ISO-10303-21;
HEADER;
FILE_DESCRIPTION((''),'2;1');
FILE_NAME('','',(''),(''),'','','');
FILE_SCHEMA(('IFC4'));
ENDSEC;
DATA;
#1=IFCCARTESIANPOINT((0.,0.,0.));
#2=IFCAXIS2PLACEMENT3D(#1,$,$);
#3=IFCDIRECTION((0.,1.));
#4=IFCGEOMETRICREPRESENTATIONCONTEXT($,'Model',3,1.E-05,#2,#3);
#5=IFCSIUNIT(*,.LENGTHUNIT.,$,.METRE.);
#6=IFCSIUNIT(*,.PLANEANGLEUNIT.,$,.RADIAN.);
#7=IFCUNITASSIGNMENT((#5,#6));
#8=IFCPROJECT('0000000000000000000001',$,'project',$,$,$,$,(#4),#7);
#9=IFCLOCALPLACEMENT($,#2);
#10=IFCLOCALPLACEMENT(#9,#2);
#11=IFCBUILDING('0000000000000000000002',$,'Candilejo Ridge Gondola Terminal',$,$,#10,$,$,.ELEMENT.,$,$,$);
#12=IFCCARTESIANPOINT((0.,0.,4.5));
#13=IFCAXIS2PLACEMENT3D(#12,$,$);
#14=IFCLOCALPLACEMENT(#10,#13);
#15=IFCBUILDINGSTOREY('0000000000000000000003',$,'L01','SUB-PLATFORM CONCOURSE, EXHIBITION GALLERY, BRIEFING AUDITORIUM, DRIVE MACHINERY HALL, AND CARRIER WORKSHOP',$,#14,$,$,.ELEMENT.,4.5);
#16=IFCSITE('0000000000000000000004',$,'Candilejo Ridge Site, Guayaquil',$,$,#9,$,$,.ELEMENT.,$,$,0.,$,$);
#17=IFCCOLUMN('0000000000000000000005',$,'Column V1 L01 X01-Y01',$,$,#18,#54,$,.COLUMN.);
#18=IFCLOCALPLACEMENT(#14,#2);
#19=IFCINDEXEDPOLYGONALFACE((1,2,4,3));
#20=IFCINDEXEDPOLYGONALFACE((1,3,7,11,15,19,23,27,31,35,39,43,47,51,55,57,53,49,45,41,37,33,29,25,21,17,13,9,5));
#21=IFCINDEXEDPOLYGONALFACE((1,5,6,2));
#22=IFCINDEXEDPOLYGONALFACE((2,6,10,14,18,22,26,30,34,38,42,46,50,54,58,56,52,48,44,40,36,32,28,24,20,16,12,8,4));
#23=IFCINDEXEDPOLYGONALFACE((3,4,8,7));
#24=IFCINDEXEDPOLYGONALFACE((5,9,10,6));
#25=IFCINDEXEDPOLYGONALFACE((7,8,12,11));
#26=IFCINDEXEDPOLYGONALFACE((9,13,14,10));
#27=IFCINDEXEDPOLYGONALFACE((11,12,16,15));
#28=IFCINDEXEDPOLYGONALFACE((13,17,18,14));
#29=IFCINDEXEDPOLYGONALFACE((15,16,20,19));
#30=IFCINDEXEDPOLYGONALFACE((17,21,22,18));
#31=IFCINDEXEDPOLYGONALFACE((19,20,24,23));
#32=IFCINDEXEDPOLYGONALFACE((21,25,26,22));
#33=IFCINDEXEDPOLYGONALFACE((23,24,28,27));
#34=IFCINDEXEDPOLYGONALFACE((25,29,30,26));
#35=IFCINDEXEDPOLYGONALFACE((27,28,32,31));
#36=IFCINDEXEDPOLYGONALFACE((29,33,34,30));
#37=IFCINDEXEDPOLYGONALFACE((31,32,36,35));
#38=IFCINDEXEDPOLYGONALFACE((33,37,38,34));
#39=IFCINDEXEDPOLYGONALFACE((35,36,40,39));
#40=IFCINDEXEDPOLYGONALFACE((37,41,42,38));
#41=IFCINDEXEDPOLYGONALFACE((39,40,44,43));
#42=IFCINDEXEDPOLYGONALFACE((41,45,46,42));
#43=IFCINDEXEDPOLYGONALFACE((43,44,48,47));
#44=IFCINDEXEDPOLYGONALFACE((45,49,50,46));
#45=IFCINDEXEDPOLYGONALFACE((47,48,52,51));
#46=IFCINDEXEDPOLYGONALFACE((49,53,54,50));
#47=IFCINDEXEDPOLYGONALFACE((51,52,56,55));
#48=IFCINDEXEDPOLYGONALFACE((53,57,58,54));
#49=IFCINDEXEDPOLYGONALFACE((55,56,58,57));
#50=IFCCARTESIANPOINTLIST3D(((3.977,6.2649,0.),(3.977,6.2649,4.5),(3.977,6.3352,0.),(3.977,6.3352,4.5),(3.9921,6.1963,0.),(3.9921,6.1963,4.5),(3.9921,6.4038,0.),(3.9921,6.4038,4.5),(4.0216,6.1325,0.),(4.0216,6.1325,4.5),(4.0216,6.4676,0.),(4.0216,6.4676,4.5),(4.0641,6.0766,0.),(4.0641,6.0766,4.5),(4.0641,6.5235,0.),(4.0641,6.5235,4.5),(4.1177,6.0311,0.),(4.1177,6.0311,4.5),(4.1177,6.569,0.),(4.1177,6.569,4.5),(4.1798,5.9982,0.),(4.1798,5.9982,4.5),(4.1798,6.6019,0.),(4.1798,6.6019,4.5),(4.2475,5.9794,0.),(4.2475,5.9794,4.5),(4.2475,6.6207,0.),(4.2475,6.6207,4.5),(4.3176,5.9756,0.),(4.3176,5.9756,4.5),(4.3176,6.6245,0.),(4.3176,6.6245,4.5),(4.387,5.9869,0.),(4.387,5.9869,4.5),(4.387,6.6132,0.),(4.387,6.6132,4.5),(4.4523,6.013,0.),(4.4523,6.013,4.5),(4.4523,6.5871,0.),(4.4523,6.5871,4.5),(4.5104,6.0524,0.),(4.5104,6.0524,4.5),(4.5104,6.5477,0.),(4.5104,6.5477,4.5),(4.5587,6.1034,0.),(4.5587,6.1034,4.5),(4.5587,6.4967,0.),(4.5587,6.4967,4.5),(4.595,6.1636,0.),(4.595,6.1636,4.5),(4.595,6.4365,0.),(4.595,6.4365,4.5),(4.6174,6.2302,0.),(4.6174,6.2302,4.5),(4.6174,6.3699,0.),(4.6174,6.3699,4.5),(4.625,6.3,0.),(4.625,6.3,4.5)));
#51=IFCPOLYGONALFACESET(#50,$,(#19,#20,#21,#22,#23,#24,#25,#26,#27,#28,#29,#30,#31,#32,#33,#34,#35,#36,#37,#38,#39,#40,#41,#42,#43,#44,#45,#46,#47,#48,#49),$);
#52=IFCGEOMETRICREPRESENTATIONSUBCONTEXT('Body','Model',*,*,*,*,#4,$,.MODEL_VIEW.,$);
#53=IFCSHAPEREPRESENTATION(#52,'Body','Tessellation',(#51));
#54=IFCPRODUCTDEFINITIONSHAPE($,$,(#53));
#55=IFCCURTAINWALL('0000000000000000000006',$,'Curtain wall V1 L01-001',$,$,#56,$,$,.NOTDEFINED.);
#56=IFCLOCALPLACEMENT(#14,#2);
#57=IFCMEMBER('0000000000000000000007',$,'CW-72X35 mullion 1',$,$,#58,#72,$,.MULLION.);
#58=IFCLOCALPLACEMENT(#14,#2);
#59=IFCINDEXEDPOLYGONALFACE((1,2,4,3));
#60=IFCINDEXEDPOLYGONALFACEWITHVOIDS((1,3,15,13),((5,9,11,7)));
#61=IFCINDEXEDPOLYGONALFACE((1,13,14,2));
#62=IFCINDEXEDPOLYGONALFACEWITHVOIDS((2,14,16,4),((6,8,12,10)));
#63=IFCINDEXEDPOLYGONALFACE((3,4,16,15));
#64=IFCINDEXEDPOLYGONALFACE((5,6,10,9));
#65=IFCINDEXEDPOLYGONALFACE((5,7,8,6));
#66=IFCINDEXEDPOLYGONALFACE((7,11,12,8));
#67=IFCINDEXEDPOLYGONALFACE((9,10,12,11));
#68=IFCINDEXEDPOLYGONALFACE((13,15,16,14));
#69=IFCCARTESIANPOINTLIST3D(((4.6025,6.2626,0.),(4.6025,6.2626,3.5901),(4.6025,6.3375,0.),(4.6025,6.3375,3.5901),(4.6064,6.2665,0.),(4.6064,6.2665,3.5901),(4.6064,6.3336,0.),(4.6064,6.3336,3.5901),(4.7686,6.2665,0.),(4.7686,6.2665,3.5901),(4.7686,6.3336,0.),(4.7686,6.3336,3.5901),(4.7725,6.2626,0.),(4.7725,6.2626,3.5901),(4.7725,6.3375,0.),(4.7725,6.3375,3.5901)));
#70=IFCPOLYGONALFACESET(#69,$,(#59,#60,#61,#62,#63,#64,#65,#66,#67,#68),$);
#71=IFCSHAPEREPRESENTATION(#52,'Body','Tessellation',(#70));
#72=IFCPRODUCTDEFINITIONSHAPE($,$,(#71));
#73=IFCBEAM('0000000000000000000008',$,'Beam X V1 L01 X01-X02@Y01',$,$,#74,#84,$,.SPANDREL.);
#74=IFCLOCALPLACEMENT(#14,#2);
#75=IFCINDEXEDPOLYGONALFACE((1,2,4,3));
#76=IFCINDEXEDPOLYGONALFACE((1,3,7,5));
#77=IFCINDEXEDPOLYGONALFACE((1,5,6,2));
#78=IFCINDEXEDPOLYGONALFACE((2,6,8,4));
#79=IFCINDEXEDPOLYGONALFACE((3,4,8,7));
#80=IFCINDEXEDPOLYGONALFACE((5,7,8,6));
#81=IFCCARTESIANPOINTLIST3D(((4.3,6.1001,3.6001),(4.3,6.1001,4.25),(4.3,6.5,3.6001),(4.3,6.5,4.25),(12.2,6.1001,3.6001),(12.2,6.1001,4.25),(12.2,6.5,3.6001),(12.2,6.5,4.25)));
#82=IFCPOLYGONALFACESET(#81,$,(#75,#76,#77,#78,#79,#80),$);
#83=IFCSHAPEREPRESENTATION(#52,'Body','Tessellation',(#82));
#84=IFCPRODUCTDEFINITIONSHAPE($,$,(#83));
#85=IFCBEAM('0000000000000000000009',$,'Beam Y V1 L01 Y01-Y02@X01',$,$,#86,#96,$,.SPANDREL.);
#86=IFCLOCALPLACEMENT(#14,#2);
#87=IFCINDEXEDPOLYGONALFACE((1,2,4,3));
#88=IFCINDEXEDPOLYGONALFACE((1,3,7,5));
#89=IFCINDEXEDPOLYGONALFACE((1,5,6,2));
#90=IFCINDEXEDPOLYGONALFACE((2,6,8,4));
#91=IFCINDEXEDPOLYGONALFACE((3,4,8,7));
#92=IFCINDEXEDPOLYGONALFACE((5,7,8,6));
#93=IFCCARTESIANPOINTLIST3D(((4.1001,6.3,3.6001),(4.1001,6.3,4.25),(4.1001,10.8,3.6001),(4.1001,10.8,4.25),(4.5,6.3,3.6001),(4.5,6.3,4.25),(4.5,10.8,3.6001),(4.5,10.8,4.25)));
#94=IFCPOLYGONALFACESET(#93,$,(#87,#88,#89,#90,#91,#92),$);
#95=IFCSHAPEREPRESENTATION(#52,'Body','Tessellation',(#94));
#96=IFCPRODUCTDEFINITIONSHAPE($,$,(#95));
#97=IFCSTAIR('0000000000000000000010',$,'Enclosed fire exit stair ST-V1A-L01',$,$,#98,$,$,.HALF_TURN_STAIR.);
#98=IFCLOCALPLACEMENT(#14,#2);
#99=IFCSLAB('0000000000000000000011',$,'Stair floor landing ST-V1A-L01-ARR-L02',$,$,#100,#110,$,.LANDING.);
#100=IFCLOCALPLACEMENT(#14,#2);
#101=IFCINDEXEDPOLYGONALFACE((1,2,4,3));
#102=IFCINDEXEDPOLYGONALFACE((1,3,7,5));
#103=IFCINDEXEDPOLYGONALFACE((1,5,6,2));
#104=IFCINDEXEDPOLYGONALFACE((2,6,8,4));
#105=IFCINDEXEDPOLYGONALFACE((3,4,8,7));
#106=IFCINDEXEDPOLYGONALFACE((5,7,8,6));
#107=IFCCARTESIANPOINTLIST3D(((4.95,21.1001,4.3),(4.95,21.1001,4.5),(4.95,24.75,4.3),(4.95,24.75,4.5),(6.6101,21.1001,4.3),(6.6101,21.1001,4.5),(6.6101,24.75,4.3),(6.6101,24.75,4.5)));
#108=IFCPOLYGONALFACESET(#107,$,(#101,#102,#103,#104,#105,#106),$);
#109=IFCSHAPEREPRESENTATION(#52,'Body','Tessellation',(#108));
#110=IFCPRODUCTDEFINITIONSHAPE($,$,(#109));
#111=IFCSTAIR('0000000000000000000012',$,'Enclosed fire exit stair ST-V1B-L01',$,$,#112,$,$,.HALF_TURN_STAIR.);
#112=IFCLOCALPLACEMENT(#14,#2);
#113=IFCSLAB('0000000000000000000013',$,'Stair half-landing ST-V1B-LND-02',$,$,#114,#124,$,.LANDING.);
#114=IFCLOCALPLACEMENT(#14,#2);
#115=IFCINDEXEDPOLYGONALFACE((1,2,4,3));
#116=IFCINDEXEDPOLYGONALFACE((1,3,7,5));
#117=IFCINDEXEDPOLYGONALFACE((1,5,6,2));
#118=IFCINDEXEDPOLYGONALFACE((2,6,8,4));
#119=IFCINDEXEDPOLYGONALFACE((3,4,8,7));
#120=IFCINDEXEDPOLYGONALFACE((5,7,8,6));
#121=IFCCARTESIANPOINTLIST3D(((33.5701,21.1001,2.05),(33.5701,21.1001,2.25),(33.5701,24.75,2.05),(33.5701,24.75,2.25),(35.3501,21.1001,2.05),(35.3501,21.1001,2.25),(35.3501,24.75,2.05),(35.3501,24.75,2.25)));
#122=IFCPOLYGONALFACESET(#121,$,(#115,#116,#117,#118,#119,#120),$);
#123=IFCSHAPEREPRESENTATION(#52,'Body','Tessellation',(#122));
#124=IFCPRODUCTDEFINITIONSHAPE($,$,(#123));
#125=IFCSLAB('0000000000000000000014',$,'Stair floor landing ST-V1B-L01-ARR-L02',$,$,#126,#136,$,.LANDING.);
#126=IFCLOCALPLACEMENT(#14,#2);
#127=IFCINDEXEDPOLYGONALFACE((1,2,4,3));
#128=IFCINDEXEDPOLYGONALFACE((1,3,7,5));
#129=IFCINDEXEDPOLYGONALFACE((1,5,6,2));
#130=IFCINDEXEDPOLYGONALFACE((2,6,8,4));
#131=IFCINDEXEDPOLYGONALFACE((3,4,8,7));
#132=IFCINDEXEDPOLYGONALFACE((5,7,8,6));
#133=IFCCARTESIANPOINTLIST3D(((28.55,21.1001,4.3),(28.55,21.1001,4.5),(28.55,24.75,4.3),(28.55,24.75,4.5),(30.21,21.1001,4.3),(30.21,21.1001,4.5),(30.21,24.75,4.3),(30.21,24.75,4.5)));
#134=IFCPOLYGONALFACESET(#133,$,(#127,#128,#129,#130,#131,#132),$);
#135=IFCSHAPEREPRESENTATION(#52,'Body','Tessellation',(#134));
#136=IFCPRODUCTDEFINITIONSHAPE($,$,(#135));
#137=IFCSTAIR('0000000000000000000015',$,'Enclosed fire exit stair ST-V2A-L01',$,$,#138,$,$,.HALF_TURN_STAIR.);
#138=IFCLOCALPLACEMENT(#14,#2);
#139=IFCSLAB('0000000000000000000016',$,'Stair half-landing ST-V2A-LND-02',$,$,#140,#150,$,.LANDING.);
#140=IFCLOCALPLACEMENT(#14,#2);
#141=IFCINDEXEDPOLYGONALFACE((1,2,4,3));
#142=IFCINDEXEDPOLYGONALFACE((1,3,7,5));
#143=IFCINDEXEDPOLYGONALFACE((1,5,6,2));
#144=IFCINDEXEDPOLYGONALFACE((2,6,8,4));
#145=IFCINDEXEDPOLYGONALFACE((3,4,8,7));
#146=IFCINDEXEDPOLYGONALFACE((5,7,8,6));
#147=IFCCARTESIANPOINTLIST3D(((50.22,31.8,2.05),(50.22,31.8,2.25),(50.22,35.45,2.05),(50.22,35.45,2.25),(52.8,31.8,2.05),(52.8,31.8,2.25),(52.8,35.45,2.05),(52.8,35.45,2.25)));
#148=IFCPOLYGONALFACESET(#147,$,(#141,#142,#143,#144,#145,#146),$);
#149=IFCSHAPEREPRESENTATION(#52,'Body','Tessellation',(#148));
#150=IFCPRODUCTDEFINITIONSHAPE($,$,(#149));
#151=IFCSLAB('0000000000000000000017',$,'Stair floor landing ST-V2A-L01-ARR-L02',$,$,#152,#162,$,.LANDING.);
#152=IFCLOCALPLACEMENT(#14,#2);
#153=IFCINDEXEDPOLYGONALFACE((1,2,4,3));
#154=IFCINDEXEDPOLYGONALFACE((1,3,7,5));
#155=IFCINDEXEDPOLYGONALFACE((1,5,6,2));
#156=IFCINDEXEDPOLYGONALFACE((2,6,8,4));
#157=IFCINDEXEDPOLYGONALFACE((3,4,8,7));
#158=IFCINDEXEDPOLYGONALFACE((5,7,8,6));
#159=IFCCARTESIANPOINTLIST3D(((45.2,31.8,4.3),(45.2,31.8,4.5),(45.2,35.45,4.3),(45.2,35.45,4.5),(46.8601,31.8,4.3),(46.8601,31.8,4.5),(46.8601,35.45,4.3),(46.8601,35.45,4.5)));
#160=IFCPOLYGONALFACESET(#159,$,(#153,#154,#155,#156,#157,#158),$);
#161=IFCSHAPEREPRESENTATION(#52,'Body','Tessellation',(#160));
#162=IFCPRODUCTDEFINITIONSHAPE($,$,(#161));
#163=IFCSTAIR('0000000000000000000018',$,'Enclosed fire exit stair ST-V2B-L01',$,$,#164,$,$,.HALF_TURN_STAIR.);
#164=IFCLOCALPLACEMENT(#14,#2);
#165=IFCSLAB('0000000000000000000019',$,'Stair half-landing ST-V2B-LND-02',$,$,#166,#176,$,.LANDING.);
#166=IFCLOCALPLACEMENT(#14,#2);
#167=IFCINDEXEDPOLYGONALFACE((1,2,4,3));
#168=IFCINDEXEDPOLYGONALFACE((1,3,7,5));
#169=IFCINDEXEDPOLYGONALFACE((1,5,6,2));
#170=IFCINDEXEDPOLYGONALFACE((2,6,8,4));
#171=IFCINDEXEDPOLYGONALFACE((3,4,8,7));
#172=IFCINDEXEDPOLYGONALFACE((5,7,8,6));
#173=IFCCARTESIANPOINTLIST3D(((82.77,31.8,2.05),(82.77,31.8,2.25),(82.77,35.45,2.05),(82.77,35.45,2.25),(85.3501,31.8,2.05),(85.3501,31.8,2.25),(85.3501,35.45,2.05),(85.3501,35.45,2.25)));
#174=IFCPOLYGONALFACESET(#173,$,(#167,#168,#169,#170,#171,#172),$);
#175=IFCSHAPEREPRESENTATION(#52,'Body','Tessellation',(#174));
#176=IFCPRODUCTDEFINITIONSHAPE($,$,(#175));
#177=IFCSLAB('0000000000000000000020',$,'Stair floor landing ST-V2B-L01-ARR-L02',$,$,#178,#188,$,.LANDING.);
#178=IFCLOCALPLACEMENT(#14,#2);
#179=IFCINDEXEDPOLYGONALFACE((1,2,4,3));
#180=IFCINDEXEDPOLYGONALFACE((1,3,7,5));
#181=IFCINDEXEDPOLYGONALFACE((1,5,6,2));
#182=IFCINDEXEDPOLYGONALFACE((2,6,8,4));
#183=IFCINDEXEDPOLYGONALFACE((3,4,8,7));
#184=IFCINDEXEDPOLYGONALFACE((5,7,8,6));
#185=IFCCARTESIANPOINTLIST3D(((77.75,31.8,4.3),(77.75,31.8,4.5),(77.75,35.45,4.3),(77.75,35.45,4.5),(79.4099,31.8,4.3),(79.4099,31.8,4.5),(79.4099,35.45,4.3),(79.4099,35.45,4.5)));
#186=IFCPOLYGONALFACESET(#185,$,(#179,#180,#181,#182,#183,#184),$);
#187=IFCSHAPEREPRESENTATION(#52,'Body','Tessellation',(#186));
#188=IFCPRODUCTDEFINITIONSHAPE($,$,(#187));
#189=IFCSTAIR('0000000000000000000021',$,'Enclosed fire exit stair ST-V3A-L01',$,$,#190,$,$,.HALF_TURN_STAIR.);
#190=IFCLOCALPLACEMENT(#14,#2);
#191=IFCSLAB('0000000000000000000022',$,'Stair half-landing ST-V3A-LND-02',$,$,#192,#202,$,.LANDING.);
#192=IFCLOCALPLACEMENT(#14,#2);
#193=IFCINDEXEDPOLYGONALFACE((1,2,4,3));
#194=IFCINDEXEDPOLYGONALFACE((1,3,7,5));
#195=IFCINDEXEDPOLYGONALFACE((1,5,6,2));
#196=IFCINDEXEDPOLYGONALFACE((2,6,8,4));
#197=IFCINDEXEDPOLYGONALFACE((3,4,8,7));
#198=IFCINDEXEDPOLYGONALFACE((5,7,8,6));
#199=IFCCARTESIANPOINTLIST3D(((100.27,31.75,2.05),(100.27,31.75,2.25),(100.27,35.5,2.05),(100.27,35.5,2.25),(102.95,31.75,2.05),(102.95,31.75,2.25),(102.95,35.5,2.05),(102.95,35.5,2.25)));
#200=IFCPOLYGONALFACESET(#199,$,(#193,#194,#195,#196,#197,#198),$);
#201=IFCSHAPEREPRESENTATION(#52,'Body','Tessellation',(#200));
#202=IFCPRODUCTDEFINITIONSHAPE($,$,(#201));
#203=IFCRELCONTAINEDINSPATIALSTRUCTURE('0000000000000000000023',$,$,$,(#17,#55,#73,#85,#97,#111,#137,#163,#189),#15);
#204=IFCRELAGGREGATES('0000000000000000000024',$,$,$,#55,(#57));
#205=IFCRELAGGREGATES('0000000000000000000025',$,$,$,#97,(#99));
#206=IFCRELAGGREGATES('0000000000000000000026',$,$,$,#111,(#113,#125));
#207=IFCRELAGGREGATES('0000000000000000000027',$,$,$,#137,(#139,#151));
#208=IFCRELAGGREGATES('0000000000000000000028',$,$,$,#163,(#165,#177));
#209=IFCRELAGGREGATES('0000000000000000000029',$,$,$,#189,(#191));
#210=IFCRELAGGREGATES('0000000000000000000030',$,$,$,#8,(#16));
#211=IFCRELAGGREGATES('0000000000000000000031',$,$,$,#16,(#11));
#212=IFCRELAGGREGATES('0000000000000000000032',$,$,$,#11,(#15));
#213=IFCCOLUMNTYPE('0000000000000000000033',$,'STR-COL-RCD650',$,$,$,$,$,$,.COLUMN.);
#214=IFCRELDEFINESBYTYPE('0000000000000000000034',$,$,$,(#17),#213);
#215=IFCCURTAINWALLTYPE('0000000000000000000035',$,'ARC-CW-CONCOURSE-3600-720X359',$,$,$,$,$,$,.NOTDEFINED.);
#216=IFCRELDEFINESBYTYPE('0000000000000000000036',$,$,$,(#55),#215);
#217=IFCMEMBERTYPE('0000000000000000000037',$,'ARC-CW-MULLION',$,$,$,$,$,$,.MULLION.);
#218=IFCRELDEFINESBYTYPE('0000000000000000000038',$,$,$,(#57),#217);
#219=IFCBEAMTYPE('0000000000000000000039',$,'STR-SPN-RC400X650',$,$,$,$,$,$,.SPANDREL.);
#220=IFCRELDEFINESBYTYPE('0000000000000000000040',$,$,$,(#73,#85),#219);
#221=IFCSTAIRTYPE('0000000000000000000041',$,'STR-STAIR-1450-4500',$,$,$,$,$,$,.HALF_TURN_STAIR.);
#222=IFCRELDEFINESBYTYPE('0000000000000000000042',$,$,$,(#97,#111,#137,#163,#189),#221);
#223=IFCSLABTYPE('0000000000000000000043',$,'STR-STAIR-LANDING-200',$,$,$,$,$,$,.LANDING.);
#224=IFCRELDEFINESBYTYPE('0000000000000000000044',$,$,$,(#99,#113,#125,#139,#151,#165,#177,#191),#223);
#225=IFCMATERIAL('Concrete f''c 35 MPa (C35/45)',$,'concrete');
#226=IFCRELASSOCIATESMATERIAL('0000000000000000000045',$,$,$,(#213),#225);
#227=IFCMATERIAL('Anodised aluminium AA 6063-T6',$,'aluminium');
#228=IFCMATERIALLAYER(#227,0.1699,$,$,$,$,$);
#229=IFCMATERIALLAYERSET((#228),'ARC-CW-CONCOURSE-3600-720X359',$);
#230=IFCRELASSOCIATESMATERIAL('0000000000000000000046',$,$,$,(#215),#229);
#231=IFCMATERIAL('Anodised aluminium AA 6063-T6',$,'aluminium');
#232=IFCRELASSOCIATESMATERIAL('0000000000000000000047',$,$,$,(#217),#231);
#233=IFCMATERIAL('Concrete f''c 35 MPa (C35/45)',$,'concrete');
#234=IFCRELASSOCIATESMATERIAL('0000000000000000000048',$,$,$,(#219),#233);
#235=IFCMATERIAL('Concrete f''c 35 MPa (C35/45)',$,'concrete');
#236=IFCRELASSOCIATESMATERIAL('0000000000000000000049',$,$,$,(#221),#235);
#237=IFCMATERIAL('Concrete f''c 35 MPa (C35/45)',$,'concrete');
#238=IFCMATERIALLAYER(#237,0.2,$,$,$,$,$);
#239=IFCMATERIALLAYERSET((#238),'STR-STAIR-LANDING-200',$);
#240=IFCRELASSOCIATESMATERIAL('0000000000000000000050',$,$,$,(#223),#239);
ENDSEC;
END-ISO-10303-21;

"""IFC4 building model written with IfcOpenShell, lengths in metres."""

from ifc_helpers import new_model, si_unit, direction, frame, origin, origin_2d, place, context, subcontext, project, spatial, polyline, rectangle, hollow_rectangle, circle, outline, extrude, material, layer, layer_set, material_profile, profile_set, type_object, element, aggregate, save


model = new_model("IFC4")

# Units and contexts
model_context = context("Model", 3, precision=1e-05, world=origin(), true_north=direction((0.0, 1.0)))
body_context = subcontext(model_context, "Body", "Model", "MODEL_VIEW")
ifc_project = project(units=[si_unit("LENGTHUNIT", "METRE"), si_unit("PLANEANGLEUNIT", "RADIAN")], contexts=[model_context])

# Site, building, storey
site_placement = place(None, origin())
site = spatial("IfcSite", under=ifc_project, at=site_placement, Name="Candilejo Ridge Site, Guayaquil", CompositionType="ELEMENT", RefElevation=0.0)
building_placement = place(site_placement, origin())
building = spatial("IfcBuilding", under=site, at=building_placement, Name="Candilejo Ridge Gondola Terminal", CompositionType="ELEMENT")
storey_placement = place(building_placement, frame((0.0, 0.0, 4.5)))
storey = spatial("IfcBuildingStorey", under=building, at=storey_placement, Name="L01", Description="SUB-PLATFORM CONCOURSE, EXHIBITION GALLERY, BRIEFING AUDITORIUM, DRIVE MACHINERY HALL, AND CARRIER WORKSHOP", CompositionType="ELEMENT", Elevation=4.5)

# Column
ifc_material_1 = material(Name="Concrete f'c 35 MPa (C35/45)", Category="concrete")
ifc_material_profile_1 = material_profile(ifc_material_1, circle(Radius=0.325, at=origin_2d()))
ifc_profile_set_1 = profile_set([ifc_material_profile_1], Name="Concrete f'c 35 MPa (C35/45)")
column_type = type_object("IfcColumnType", Name="STR-COL-RCD650", PredefinedType="COLUMN", material=ifc_profile_set_1)
column_placement = place(storey_placement, frame((4.3, 6.3, 0.0), z_axis=(0.0, 0.0, 1.0), x_axis=(1.0, 0.0, 0.0)))
element("IfcColumn", 1, at=column_placement, inside=storey, type_object=column_type, Name="Column V1 L01 X01-Y01", PredefinedType="COLUMN", context=body_context, shape_type="SweptSolid", body=[
    extrude(circle(Radius=0.325, at=origin_2d()), origin(), (0.0, 0.0, 1.0), 4.5),
])

# Curtain wall, member
ifc_material_2 = material(Name="Anodised aluminium AA 6063-T6", Category="aluminium")
ifc_layer_1 = layer(ifc_material_2, 0.1699)
ifc_layer_set_1 = layer_set([ifc_layer_1], Name="ARC-CW-CONCOURSE-3600-720X359")
curtain_wall_type = type_object("IfcCurtainWallType", Name="ARC-CW-CONCOURSE-3600-720X359", PredefinedType="NOTDEFINED", material=ifc_layer_set_1)
curtain_wall_placement = place(storey_placement, origin())
curtain_wall = element("IfcCurtainWall", 2, at=curtain_wall_placement, inside=storey, type_object=curtain_wall_type, Name="Curtain wall V1 L01-001", PredefinedType="NOTDEFINED")
ifc_material_3 = material(Name="Anodised aluminium AA 6063-T6", Category="aluminium")
ifc_material_profile_2 = material_profile(ifc_material_3, hollow_rectangle(XDim=0.075, YDim=0.1699, WallThickness=0.0039, at=origin_2d()))
ifc_profile_set_2 = profile_set([ifc_material_profile_2], Name="Anodised aluminium AA 6063-T6")
member_type = type_object("IfcMemberType", Name="ARC-CW-MULLION", PredefinedType="MULLION", material=ifc_profile_set_2)
member_placement = place(storey_placement, frame((4.6875, 6.3, 0.0), z_axis=(0.0, 0.0, 1.0), x_axis=(0.0, 1.0, 0.0)))
member = element("IfcMember", 3, at=member_placement, type_object=member_type, Name="CW-72X35 mullion 1", PredefinedType="MULLION", context=body_context, shape_type="SweptSolid", body=[
    extrude(hollow_rectangle(XDim=0.075, YDim=0.1699, WallThickness=0.0039, at=origin_2d()), origin(), (0.0, 0.0, 1.0), 3.5901),
])
aggregate(curtain_wall, [member])

# Beams
ifc_material_4 = material(Name="Concrete f'c 35 MPa (C35/45)", Category="concrete")
ifc_material_profile_3 = material_profile(ifc_material_4, rectangle(XDim=0.3999, YDim=0.6499, at=origin_2d()))
ifc_profile_set_3 = profile_set([ifc_material_profile_3], Name="Concrete f'c 35 MPa (C35/45)")
beam_type = type_object("IfcBeamType", Name="STR-SPN-RC400X650", PredefinedType="SPANDREL", material=ifc_profile_set_3)
beam_1_placement = place(storey_placement, frame((4.3, 6.3, 3.925), z_axis=(1.0, 0.0, 0.0), x_axis=(0.0, 1.0, 0.0)))
element("IfcBeam", 4, at=beam_1_placement, inside=storey, type_object=beam_type, Name="Beam X V1 L01 X01-X02@Y01", PredefinedType="SPANDREL", context=body_context, shape_type="SweptSolid", body=[
    extrude(rectangle(XDim=0.3999, YDim=0.6499, at=origin_2d()), origin(), (0.0, 0.0, 1.0), 7.8999),
])
beam_2_placement = place(storey_placement, frame((4.3, 6.3, 3.925), z_axis=(0.0, 1.0, 0.0), x_axis=(-1.0, 0.0, 0.0)))
element("IfcBeam", 5, at=beam_2_placement, inside=storey, type_object=beam_type, Name="Beam Y V1 L01 Y01-Y02@X01", PredefinedType="SPANDREL", context=body_context, shape_type="SweptSolid", body=[
    extrude(rectangle(XDim=0.3999, YDim=0.6499, at=origin_2d()), origin(), (0.0, 0.0, 1.0), 4.5),
])

# Stair, slab
ifc_material_5 = material(Name="Concrete f'c 35 MPa (C35/45)", Category="concrete")
stair_type_1 = type_object("IfcStairType", Name="STR-STAIR-1450-4500", PredefinedType="HALF_TURN_STAIR", material=ifc_material_5)
stair_1_placement = place(storey_placement, origin())
stair_1 = element("IfcStair", 6, at=stair_1_placement, inside=storey, type_object=stair_type_1, Name="Enclosed fire exit stair ST-V1A-L01", PredefinedType="HALF_TURN_STAIR")
ifc_material_6 = material(Name="Concrete f'c 35 MPa (C35/45)", Category="concrete")
ifc_layer_2 = layer(ifc_material_6, 0.2)
ifc_layer_set_2 = layer_set([ifc_layer_2], Name="STR-STAIR-LANDING-200")
slab_type = type_object("IfcSlabType", Name="STR-STAIR-LANDING-200", PredefinedType="LANDING", material=ifc_layer_set_2)
slab_1_placement = place(storey_placement, frame((0.0, 0.0, 4.3)))
slab_1 = element("IfcSlab", 7, at=slab_1_placement, type_object=slab_type, Name="Stair floor landing ST-V1A-L01-ARR-L02", PredefinedType="LANDING", context=body_context, shape_type="SweptSolid", body=[
    extrude(outline(polyline([(4.95, 21.1001), (6.6101, 21.1001), (6.6101, 24.75), (4.95, 24.75), (4.95, 21.1001)])), origin(), (0.0, 0.0, 1.0), 0.2),
])
aggregate(stair_1, [slab_1])

# Stairs, slabs
stair_2_placement = place(storey_placement, origin())
stair_2 = element("IfcStair", 8, at=stair_2_placement, inside=storey, type_object=stair_type_1, Name="Enclosed fire exit stair ST-V1B-L01", PredefinedType="HALF_TURN_STAIR")
slab_2_placement = place(storey_placement, frame((0.0, 0.0, 2.05)))
slab_2 = element("IfcSlab", 9, at=slab_2_placement, type_object=slab_type, Name="Stair half-landing ST-V1B-LND-02", PredefinedType="LANDING", context=body_context, shape_type="SweptSolid", body=[
    extrude(outline(polyline([(33.5701, 21.1001), (35.3501, 21.1001), (35.3501, 24.75), (33.5701, 24.75), (33.5701, 21.1001)])), origin(), (0.0, 0.0, 1.0), 0.2),
])
slab_3_placement = place(storey_placement, frame((0.0, 0.0, 4.3)))
slab_3 = element("IfcSlab", 10, at=slab_3_placement, type_object=slab_type, Name="Stair floor landing ST-V1B-L01-ARR-L02", PredefinedType="LANDING", context=body_context, shape_type="SweptSolid", body=[
    extrude(outline(polyline([(28.55, 21.1001), (30.21, 21.1001), (30.21, 24.75), (28.55, 24.75), (28.55, 21.1001)])), origin(), (0.0, 0.0, 1.0), 0.2),
])
aggregate(stair_2, [slab_2, slab_3])
stair_3_placement = place(storey_placement, origin())
stair_3 = element("IfcStair", 11, at=stair_3_placement, inside=storey, type_object=stair_type_1, Name="Enclosed fire exit stair ST-V2A-L01", PredefinedType="HALF_TURN_STAIR")
slab_4_placement = place(storey_placement, frame((0.0, 0.0, 2.05)))
slab_4 = element("IfcSlab", 12, at=slab_4_placement, type_object=slab_type, Name="Stair half-landing ST-V2A-LND-02", PredefinedType="LANDING", context=body_context, shape_type="SweptSolid", body=[
    extrude(outline(polyline([(50.22, 31.8), (52.8, 31.8), (52.8, 35.45), (50.22, 35.45), (50.22, 31.8)])), origin(), (0.0, 0.0, 1.0), 0.2),
])
slab_5_placement = place(storey_placement, frame((0.0, 0.0, 4.3)))
slab_5 = element("IfcSlab", 13, at=slab_5_placement, type_object=slab_type, Name="Stair floor landing ST-V2A-L01-ARR-L02", PredefinedType="LANDING", context=body_context, shape_type="SweptSolid", body=[
    extrude(outline(polyline([(45.2, 31.8), (46.8601, 31.8), (46.8601, 35.45), (45.2, 35.45), (45.2, 31.8)])), origin(), (0.0, 0.0, 1.0), 0.2),
])
aggregate(stair_3, [slab_4, slab_5])
stair_4_placement = place(storey_placement, origin())
stair_4 = element("IfcStair", 14, at=stair_4_placement, inside=storey, type_object=stair_type_1, Name="Enclosed fire exit stair ST-V2B-L01", PredefinedType="HALF_TURN_STAIR")
slab_6_placement = place(storey_placement, frame((0.0, 0.0, 2.05)))
slab_6 = element("IfcSlab", 15, at=slab_6_placement, type_object=slab_type, Name="Stair half-landing ST-V2B-LND-02", PredefinedType="LANDING", context=body_context, shape_type="SweptSolid", body=[
    extrude(outline(polyline([(82.77, 31.8), (85.3501, 31.8), (85.3501, 35.45), (82.77, 35.45), (82.77, 31.8)])), origin(), (0.0, 0.0, 1.0), 0.2),
])
slab_7_placement = place(storey_placement, frame((0.0, 0.0, 4.3)))
slab_7 = element("IfcSlab", 16, at=slab_7_placement, type_object=slab_type, Name="Stair floor landing ST-V2B-L01-ARR-L02", PredefinedType="LANDING", context=body_context, shape_type="SweptSolid", body=[
    extrude(outline(polyline([(77.75, 31.8), (79.4099, 31.8), (79.4099, 35.45), (77.75, 35.45), (77.75, 31.8)])), origin(), (0.0, 0.0, 1.0), 0.2),
])
aggregate(stair_4, [slab_6, slab_7])
stair_5_placement = place(storey_placement, origin())
stair_5 = element("IfcStair", 17, at=stair_5_placement, inside=storey, type_object=stair_type_1, Name="Enclosed fire exit stair ST-V3A-L01", PredefinedType="HALF_TURN_STAIR")
slab_8_placement = place(storey_placement, frame((0.0, 0.0, 2.05)))
slab_8 = element("IfcSlab", 18, at=slab_8_placement, type_object=slab_type, Name="Stair half-landing ST-V3A-LND-02", PredefinedType="LANDING", context=body_context, shape_type="SweptSolid", body=[
    extrude(outline(polyline([(100.27, 31.75), (102.95, 31.75), (102.95, 35.5), (100.27, 35.5), (100.27, 31.75)])), origin(), (0.0, 0.0, 1.0), 0.2),
])
aggregate(stair_5, [slab_8])

save(model, "model.ifc")
